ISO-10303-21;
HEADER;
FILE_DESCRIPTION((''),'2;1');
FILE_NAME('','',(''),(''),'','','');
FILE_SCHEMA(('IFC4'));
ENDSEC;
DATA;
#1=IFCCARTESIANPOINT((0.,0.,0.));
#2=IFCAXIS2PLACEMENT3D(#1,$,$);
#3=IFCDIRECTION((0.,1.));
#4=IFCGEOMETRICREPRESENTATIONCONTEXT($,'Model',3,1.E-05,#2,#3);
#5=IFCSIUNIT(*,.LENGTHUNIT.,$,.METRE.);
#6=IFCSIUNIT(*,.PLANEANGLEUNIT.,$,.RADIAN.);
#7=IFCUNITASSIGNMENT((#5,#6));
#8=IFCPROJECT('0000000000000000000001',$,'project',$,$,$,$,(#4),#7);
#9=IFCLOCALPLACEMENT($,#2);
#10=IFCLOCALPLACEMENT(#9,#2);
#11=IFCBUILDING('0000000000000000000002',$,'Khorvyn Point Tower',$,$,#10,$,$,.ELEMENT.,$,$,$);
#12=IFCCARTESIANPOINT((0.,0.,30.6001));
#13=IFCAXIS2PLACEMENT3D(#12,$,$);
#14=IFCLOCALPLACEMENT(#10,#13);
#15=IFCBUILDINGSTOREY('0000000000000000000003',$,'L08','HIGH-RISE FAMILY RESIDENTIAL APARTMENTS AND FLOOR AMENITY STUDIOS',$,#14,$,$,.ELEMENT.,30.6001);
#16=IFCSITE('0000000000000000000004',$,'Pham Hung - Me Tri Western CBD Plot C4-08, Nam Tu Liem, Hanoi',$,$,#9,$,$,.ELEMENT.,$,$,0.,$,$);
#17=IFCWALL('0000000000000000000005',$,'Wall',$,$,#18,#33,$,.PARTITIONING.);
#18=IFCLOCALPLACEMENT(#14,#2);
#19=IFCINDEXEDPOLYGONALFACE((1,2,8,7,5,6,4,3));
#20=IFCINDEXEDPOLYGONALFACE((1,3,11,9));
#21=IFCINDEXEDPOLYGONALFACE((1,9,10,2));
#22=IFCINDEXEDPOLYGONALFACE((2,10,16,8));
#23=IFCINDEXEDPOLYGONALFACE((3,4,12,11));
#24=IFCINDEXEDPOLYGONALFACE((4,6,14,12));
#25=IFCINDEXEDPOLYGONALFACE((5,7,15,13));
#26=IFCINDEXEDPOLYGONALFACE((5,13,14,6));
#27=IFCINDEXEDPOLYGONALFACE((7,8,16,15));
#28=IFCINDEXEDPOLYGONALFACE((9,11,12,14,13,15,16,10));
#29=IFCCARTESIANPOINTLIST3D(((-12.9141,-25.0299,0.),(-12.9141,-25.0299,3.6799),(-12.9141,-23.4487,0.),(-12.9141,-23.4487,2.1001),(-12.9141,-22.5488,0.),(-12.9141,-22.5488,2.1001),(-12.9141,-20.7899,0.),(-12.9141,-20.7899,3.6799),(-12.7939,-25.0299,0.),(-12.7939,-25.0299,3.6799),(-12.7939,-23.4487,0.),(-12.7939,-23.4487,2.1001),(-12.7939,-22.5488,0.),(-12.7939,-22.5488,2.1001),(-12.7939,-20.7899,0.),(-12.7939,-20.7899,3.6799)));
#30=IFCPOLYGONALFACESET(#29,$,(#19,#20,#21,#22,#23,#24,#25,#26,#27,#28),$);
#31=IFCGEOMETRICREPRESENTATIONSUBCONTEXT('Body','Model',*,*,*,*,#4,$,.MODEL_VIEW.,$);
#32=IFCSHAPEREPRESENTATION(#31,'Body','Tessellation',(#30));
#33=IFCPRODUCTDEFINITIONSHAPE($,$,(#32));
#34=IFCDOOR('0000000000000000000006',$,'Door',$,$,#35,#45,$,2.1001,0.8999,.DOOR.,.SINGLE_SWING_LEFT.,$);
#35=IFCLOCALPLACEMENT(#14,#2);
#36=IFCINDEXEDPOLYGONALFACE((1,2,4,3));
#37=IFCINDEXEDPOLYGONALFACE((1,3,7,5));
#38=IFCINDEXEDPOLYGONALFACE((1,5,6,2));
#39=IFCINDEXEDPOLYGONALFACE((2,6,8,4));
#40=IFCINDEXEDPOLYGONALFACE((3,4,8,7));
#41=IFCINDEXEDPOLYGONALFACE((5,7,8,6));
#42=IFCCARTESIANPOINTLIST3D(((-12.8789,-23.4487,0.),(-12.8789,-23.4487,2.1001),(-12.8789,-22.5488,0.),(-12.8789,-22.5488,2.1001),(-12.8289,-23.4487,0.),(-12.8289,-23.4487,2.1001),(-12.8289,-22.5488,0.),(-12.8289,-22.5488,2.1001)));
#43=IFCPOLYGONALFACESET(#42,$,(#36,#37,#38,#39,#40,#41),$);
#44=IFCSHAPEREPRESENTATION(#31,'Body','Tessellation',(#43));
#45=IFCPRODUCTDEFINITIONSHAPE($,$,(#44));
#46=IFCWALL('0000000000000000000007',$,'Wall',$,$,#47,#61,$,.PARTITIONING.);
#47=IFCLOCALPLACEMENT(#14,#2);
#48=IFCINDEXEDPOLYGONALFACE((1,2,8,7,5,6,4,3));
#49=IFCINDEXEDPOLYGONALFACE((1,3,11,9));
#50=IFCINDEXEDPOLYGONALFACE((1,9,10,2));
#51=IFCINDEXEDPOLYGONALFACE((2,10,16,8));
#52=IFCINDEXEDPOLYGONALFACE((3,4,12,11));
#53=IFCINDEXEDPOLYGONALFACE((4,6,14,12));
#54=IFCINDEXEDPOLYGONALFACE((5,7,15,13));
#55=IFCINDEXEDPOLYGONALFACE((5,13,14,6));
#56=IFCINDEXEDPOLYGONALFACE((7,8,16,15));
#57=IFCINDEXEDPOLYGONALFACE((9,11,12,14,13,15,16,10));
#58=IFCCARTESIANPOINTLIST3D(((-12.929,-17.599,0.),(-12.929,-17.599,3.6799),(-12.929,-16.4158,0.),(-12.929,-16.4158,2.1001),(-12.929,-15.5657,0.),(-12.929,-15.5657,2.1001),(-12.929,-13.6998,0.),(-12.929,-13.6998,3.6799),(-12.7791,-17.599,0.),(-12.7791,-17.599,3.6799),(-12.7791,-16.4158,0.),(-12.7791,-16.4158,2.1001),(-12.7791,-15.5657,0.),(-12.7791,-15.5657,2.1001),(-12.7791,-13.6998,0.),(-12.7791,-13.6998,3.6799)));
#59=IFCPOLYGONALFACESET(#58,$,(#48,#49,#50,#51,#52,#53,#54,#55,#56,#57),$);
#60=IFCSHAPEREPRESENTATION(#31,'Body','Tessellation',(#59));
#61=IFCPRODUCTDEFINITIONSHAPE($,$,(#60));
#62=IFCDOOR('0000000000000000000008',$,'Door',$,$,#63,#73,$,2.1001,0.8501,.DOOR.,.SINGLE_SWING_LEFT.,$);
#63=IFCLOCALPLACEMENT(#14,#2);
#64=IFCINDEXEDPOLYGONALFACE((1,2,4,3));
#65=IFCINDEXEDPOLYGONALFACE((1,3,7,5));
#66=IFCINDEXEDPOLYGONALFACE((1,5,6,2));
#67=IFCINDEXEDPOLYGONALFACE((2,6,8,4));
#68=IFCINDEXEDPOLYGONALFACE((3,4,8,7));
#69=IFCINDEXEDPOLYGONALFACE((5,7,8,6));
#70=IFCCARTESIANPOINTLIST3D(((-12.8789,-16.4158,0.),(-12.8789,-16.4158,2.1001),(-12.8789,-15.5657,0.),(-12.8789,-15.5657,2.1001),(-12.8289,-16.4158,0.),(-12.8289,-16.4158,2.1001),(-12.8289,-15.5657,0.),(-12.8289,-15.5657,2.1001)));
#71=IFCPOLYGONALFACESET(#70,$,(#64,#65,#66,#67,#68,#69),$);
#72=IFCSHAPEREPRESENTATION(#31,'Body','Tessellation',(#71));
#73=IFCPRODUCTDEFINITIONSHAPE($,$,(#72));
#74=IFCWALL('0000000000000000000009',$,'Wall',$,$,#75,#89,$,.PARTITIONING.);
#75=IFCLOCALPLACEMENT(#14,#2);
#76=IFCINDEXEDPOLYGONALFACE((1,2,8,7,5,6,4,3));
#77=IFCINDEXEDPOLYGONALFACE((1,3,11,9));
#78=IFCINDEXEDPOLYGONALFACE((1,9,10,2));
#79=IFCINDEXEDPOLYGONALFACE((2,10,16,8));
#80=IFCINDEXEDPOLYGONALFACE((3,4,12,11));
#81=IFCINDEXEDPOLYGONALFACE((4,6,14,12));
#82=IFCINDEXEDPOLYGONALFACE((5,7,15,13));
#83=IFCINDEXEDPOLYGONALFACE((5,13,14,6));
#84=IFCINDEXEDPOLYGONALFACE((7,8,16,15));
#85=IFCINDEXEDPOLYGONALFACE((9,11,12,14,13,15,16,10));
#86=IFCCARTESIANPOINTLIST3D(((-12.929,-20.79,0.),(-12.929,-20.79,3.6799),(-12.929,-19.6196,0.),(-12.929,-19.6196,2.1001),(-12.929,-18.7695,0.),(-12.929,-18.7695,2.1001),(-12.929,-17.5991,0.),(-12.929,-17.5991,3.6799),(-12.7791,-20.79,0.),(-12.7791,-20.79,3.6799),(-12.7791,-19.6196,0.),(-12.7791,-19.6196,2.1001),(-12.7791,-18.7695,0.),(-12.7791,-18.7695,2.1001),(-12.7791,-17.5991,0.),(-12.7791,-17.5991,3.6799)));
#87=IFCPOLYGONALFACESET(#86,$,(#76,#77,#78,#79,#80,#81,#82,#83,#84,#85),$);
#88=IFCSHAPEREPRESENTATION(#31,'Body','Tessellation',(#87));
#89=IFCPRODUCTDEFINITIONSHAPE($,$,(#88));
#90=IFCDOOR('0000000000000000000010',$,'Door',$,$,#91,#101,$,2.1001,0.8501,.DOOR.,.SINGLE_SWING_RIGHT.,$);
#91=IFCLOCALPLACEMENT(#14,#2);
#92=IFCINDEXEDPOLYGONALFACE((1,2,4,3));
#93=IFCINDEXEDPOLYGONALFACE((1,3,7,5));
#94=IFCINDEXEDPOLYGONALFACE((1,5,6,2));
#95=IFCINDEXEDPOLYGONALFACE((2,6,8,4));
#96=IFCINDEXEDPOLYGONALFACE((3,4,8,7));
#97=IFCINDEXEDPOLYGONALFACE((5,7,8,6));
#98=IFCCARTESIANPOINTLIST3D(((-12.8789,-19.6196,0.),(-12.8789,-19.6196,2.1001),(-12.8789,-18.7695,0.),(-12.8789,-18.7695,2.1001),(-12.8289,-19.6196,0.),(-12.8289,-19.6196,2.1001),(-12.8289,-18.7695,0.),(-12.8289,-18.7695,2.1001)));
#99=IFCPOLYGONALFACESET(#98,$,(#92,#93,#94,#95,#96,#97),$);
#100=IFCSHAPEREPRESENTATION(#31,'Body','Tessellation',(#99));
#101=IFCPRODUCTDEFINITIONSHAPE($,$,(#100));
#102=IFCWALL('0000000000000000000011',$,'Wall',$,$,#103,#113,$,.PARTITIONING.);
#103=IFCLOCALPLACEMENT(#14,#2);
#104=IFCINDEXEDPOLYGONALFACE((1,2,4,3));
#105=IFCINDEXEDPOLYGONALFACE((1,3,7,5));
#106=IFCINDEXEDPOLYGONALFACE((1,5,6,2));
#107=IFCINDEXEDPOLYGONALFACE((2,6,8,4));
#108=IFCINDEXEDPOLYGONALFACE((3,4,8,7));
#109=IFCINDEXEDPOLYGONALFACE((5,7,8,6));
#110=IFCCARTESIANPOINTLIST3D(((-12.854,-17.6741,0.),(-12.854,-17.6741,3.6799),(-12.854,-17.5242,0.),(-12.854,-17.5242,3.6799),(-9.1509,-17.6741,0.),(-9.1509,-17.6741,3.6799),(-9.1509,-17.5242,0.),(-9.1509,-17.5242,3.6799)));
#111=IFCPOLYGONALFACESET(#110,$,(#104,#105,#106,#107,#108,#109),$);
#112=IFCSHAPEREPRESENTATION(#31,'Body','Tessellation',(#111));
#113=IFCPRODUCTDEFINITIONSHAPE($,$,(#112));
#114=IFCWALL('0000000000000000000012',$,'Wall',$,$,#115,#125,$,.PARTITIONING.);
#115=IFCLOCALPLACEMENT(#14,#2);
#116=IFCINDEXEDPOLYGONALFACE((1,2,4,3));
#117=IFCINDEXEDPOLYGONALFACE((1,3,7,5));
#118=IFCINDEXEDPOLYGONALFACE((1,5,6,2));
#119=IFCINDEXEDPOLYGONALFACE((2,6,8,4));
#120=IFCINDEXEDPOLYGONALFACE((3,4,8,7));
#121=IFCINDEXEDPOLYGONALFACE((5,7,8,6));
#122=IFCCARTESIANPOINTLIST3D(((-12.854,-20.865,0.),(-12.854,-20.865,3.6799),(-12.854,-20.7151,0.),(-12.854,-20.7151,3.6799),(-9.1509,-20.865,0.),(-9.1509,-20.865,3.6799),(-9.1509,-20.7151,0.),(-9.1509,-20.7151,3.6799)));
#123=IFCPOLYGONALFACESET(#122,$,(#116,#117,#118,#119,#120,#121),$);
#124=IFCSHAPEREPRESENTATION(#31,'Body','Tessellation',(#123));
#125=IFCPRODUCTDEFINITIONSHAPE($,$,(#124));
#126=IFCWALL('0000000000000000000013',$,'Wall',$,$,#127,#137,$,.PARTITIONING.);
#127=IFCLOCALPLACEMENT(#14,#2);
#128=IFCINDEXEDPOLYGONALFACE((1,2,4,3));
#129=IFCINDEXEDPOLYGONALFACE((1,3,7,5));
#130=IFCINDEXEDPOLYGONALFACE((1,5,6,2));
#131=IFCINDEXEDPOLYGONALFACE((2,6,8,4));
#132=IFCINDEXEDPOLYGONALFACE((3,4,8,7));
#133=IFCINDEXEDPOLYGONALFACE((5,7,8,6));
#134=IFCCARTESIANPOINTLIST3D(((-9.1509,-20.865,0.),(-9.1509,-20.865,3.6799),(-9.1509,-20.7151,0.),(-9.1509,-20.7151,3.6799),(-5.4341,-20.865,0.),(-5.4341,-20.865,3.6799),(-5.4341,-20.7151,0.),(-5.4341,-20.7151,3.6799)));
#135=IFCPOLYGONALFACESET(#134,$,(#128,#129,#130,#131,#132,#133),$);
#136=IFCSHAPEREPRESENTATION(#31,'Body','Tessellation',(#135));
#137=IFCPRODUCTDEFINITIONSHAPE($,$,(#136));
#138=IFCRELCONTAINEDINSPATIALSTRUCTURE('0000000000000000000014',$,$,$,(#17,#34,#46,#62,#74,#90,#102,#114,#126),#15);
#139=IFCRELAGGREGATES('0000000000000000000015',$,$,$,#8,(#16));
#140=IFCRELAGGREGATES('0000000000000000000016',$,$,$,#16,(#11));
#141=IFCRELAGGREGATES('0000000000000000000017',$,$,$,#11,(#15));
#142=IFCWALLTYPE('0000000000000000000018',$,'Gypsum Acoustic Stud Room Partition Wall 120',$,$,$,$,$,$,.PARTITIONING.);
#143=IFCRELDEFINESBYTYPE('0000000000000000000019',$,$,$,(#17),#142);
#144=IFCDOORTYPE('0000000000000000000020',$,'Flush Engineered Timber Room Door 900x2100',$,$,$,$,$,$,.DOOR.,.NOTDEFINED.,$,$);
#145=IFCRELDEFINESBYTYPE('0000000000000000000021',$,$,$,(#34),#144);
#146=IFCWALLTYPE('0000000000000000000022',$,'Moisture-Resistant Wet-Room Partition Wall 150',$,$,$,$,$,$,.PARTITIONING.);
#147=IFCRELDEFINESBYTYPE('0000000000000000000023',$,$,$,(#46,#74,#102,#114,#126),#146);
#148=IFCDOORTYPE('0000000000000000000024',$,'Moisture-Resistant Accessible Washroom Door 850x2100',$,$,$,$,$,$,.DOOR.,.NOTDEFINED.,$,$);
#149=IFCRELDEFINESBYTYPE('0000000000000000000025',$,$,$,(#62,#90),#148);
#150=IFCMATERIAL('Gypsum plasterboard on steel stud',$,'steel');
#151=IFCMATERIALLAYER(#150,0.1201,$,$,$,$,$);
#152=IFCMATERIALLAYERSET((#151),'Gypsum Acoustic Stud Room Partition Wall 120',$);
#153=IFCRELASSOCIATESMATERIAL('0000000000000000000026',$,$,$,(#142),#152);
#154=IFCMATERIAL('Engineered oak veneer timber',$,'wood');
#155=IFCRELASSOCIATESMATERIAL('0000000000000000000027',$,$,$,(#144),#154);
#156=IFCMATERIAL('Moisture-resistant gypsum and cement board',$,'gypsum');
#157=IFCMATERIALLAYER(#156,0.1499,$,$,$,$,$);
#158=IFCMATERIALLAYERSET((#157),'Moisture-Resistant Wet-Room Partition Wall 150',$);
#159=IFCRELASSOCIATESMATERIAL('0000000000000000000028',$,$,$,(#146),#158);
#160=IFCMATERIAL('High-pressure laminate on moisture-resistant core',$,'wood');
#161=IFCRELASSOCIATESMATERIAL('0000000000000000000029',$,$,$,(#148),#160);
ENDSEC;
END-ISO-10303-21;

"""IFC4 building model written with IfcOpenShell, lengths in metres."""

from ifc_helpers import new_model, si_unit, direction, frame, frame_2d, origin, place, context, subcontext, project, spatial, rectangle, extrude, material, layer, layer_set, type_object, element, fill, save


model = new_model("IFC4")

# Units and contexts
model_context = context("Model", 3, precision=1e-05, world=origin(), true_north=direction((0.0, 1.0)))
body_context = subcontext(model_context, "Body", "Model", "MODEL_VIEW")
ifc_project = project(units=[si_unit("LENGTHUNIT", "METRE"), si_unit("PLANEANGLEUNIT", "RADIAN")], contexts=[model_context])

# Site, building, storey
site_placement = place(None, origin())
site = spatial("IfcSite", under=ifc_project, at=site_placement, Name="Pham Hung - Me Tri Western CBD Plot C4-08, Nam Tu Liem, Hanoi", CompositionType="ELEMENT", RefElevation=0.0)
building_placement = place(site_placement, origin())
building = spatial("IfcBuilding", under=site, at=building_placement, Name="Khorvyn Point Tower", CompositionType="ELEMENT")
storey_placement = place(building_placement, frame((0.0, 0.0, 30.6001)))
storey = spatial("IfcBuildingStorey", under=building, at=storey_placement, Name="L08", Description="HIGH-RISE FAMILY RESIDENTIAL APARTMENTS AND FLOOR AMENITY STUDIOS", CompositionType="ELEMENT", Elevation=30.6001)

# Walls, openings, doors
ifc_material_1 = material(Name="Gypsum plasterboard on steel stud", Category="steel")
ifc_layer_1 = layer(ifc_material_1, 0.1201)
ifc_layer_set_1 = layer_set([ifc_layer_1], Name="Gypsum Acoustic Stud Room Partition Wall 120")
wall_type_1 = type_object("IfcWallType", Name="Gypsum Acoustic Stud Room Partition Wall 120", PredefinedType="PARTITIONING", material=ifc_layer_set_1)
wall_1_placement = place(storey_placement, frame((-12.854, -25.03, 0.0), z_axis=(0.0, 0.0, 1.0), x_axis=(0.0, 1.0, 0.0)))
wall_1 = element("IfcWall", 1, at=wall_1_placement, inside=storey, type_object=wall_type_1, Name="Wall", PredefinedType="PARTITIONING", context=body_context, shape_type="SweptSolid", body=[
    extrude(rectangle(XDim=4.24, YDim=0.1201, at=frame_2d((2.1201, 0.0))), origin(), (0.0, 0.0, 1.0), 3.6799),
])
opening_1_placement = place(wall_1_placement, frame((1.5813, 0.0, 0.0)))
opening_1 = element("IfcOpeningElement", 2, at=opening_1_placement, cuts=wall_1, PredefinedType="OPENING", context=body_context, shape_type="SweptSolid", body=[
    extrude(rectangle(XDim=0.8999, YDim=2.1001, at=frame_2d((0.45, 1.05))), frame((0.0, 0.0701, 0.0), z_axis=(0.0, -1.0, 0.0), x_axis=(1.0, 0.0, 0.0)), (0.0, 0.0, 1.0), 0.1401),
])
ifc_material_2 = material(Name="Engineered oak veneer timber", Category="wood")
door_type_1 = type_object("IfcDoorType", Name="Flush Engineered Timber Room Door 900x2100", OperationType="NOTDEFINED", PredefinedType="DOOR", material=ifc_material_2)
door_1_placement = place(opening_1_placement, origin())
door_1 = element("IfcDoor", 3, at=door_1_placement, inside=storey, type_object=door_type_1, Name="Door", OperationType="SINGLE_SWING_LEFT", OverallHeight=2.1001, OverallWidth=0.8999, PredefinedType="DOOR", context=body_context, shape_type="SweptSolid", body=[
    extrude(rectangle(XDim=0.8999, YDim=2.1001, at=frame_2d((0.45, 1.05))), frame((0.0, 0.0249, 0.0), z_axis=(0.0, -1.0, 0.0), x_axis=(1.0, 0.0, 0.0)), (0.0, 0.0, 1.0), 0.05),
])
fill(opening_1, door_1)
ifc_material_3 = material(Name="Moisture-resistant gypsum and cement board", Category="gypsum")
ifc_layer_2 = layer(ifc_material_3, 0.1499)
ifc_layer_set_2 = layer_set([ifc_layer_2], Name="Moisture-Resistant Wet-Room Partition Wall 150")
wall_type_2 = type_object("IfcWallType", Name="Moisture-Resistant Wet-Room Partition Wall 150", PredefinedType="PARTITIONING", material=ifc_layer_set_2)
wall_2_placement = place(storey_placement, frame((-12.854, -17.5991, 0.0), z_axis=(0.0, 0.0, 1.0), x_axis=(0.0, 1.0, 0.0)))
wall_2 = element("IfcWall", 4, at=wall_2_placement, inside=storey, type_object=wall_type_2, Name="Wall", PredefinedType="PARTITIONING", context=body_context, shape_type="SweptSolid", body=[
    extrude(rectangle(XDim=3.8992, YDim=0.1499, at=frame_2d((1.9497, 0.0))), origin(), (0.0, 0.0, 1.0), 3.6799),
])
opening_2_placement = place(wall_2_placement, frame((1.1833, 0.0, 0.0)))
opening_2 = element("IfcOpeningElement", 5, at=opening_2_placement, cuts=wall_2, PredefinedType="OPENING", context=body_context, shape_type="SweptSolid", body=[
    extrude(rectangle(XDim=0.8501, YDim=2.1001, at=frame_2d((0.425, 1.05))), frame((0.0, 0.085, 0.0), z_axis=(0.0, -1.0, 0.0), x_axis=(1.0, 0.0, 0.0)), (0.0, 0.0, 1.0), 0.1699),
])
ifc_material_4 = material(Name="High-pressure laminate on moisture-resistant core", Category="wood")
door_type_2 = type_object("IfcDoorType", Name="Moisture-Resistant Accessible Washroom Door 850x2100", OperationType="NOTDEFINED", PredefinedType="DOOR", material=ifc_material_4)
door_2_placement = place(opening_2_placement, origin())
door_2 = element("IfcDoor", 6, at=door_2_placement, inside=storey, type_object=door_type_2, Name="Door", OperationType="SINGLE_SWING_LEFT", OverallHeight=2.1001, OverallWidth=0.8501, PredefinedType="DOOR", context=body_context, shape_type="SweptSolid", body=[
    extrude(rectangle(XDim=0.8501, YDim=2.1001, at=frame_2d((0.425, 1.05))), frame((0.0, 0.0249, 0.0), z_axis=(0.0, -1.0, 0.0), x_axis=(1.0, 0.0, 0.0)), (0.0, 0.0, 1.0), 0.05),
])
fill(opening_2, door_2)
wall_3_placement = place(storey_placement, frame((-12.854, -20.79, 0.0), z_axis=(0.0, 0.0, 1.0), x_axis=(0.0, 1.0, 0.0)))
wall_3 = element("IfcWall", 7, at=wall_3_placement, inside=storey, type_object=wall_type_2, Name="Wall", PredefinedType="PARTITIONING", context=body_context, shape_type="SweptSolid", body=[
    extrude(rectangle(XDim=3.1909, YDim=0.1499, at=frame_2d((1.5955, 0.0))), origin(), (0.0, 0.0, 1.0), 3.6799),
])
opening_3_placement = place(wall_3_placement, frame((1.1704, 0.0, 0.0)))
opening_3 = element("IfcOpeningElement", 8, at=opening_3_placement, cuts=wall_3, PredefinedType="OPENING", context=body_context, shape_type="SweptSolid", body=[
    extrude(rectangle(XDim=0.8501, YDim=2.1001, at=frame_2d((0.425, 1.05))), frame((0.0, 0.085, 0.0), z_axis=(0.0, -1.0, 0.0), x_axis=(1.0, 0.0, 0.0)), (0.0, 0.0, 1.0), 0.1699),
])
door_3_placement = place(opening_3_placement, origin())
door_3 = element("IfcDoor", 9, at=door_3_placement, inside=storey, type_object=door_type_2, Name="Door", OperationType="SINGLE_SWING_RIGHT", OverallHeight=2.1001, OverallWidth=0.8501, PredefinedType="DOOR", context=body_context, shape_type="SweptSolid", body=[
    extrude(rectangle(XDim=0.8501, YDim=2.1001, at=frame_2d((0.425, 1.05))), frame((0.0, 0.0249, 0.0), z_axis=(0.0, -1.0, 0.0), x_axis=(1.0, 0.0, 0.0)), (0.0, 0.0, 1.0), 0.05),
])
fill(opening_3, door_3)

# Walls
for number, where, z_axis, x_axis, name in (
    (10, (-12.854, -17.5991, 0.0), (0.0, 0.0, 1.0), (1.0, 0.0, 0.0), "Wall"),
    (11, (-12.854, -20.79, 0.0), (0.0, 0.0, 1.0), (1.0, 0.0, 0.0), "Wall"),
):
    element("IfcWall", number, at=place(storey_placement, frame(where, z_axis=z_axis, x_axis=x_axis)), inside=storey, type_object=wall_type_2, Name=name, PredefinedType="PARTITIONING", context=body_context, shape_type="SweptSolid", body=[
        extrude(rectangle(XDim=3.7031, YDim=0.1499, at=frame_2d((1.8516, 0.0))), origin(), (0.0, 0.0, 1.0), 3.6799),
    ])
wall_4_placement = place(storey_placement, frame((-9.1509, -20.79, 0.0), z_axis=(0.0, 0.0, 1.0), x_axis=(1.0, 0.0, 0.0)))
element("IfcWall", 12, at=wall_4_placement, inside=storey, type_object=wall_type_2, Name="Wall", PredefinedType="PARTITIONING", context=body_context, shape_type="SweptSolid", body=[
    extrude(rectangle(XDim=3.7168, YDim=0.1499, at=frame_2d((1.8584, 0.0))), origin(), (0.0, 0.0, 1.0), 3.6799),
])

save(model, "model.ifc")
